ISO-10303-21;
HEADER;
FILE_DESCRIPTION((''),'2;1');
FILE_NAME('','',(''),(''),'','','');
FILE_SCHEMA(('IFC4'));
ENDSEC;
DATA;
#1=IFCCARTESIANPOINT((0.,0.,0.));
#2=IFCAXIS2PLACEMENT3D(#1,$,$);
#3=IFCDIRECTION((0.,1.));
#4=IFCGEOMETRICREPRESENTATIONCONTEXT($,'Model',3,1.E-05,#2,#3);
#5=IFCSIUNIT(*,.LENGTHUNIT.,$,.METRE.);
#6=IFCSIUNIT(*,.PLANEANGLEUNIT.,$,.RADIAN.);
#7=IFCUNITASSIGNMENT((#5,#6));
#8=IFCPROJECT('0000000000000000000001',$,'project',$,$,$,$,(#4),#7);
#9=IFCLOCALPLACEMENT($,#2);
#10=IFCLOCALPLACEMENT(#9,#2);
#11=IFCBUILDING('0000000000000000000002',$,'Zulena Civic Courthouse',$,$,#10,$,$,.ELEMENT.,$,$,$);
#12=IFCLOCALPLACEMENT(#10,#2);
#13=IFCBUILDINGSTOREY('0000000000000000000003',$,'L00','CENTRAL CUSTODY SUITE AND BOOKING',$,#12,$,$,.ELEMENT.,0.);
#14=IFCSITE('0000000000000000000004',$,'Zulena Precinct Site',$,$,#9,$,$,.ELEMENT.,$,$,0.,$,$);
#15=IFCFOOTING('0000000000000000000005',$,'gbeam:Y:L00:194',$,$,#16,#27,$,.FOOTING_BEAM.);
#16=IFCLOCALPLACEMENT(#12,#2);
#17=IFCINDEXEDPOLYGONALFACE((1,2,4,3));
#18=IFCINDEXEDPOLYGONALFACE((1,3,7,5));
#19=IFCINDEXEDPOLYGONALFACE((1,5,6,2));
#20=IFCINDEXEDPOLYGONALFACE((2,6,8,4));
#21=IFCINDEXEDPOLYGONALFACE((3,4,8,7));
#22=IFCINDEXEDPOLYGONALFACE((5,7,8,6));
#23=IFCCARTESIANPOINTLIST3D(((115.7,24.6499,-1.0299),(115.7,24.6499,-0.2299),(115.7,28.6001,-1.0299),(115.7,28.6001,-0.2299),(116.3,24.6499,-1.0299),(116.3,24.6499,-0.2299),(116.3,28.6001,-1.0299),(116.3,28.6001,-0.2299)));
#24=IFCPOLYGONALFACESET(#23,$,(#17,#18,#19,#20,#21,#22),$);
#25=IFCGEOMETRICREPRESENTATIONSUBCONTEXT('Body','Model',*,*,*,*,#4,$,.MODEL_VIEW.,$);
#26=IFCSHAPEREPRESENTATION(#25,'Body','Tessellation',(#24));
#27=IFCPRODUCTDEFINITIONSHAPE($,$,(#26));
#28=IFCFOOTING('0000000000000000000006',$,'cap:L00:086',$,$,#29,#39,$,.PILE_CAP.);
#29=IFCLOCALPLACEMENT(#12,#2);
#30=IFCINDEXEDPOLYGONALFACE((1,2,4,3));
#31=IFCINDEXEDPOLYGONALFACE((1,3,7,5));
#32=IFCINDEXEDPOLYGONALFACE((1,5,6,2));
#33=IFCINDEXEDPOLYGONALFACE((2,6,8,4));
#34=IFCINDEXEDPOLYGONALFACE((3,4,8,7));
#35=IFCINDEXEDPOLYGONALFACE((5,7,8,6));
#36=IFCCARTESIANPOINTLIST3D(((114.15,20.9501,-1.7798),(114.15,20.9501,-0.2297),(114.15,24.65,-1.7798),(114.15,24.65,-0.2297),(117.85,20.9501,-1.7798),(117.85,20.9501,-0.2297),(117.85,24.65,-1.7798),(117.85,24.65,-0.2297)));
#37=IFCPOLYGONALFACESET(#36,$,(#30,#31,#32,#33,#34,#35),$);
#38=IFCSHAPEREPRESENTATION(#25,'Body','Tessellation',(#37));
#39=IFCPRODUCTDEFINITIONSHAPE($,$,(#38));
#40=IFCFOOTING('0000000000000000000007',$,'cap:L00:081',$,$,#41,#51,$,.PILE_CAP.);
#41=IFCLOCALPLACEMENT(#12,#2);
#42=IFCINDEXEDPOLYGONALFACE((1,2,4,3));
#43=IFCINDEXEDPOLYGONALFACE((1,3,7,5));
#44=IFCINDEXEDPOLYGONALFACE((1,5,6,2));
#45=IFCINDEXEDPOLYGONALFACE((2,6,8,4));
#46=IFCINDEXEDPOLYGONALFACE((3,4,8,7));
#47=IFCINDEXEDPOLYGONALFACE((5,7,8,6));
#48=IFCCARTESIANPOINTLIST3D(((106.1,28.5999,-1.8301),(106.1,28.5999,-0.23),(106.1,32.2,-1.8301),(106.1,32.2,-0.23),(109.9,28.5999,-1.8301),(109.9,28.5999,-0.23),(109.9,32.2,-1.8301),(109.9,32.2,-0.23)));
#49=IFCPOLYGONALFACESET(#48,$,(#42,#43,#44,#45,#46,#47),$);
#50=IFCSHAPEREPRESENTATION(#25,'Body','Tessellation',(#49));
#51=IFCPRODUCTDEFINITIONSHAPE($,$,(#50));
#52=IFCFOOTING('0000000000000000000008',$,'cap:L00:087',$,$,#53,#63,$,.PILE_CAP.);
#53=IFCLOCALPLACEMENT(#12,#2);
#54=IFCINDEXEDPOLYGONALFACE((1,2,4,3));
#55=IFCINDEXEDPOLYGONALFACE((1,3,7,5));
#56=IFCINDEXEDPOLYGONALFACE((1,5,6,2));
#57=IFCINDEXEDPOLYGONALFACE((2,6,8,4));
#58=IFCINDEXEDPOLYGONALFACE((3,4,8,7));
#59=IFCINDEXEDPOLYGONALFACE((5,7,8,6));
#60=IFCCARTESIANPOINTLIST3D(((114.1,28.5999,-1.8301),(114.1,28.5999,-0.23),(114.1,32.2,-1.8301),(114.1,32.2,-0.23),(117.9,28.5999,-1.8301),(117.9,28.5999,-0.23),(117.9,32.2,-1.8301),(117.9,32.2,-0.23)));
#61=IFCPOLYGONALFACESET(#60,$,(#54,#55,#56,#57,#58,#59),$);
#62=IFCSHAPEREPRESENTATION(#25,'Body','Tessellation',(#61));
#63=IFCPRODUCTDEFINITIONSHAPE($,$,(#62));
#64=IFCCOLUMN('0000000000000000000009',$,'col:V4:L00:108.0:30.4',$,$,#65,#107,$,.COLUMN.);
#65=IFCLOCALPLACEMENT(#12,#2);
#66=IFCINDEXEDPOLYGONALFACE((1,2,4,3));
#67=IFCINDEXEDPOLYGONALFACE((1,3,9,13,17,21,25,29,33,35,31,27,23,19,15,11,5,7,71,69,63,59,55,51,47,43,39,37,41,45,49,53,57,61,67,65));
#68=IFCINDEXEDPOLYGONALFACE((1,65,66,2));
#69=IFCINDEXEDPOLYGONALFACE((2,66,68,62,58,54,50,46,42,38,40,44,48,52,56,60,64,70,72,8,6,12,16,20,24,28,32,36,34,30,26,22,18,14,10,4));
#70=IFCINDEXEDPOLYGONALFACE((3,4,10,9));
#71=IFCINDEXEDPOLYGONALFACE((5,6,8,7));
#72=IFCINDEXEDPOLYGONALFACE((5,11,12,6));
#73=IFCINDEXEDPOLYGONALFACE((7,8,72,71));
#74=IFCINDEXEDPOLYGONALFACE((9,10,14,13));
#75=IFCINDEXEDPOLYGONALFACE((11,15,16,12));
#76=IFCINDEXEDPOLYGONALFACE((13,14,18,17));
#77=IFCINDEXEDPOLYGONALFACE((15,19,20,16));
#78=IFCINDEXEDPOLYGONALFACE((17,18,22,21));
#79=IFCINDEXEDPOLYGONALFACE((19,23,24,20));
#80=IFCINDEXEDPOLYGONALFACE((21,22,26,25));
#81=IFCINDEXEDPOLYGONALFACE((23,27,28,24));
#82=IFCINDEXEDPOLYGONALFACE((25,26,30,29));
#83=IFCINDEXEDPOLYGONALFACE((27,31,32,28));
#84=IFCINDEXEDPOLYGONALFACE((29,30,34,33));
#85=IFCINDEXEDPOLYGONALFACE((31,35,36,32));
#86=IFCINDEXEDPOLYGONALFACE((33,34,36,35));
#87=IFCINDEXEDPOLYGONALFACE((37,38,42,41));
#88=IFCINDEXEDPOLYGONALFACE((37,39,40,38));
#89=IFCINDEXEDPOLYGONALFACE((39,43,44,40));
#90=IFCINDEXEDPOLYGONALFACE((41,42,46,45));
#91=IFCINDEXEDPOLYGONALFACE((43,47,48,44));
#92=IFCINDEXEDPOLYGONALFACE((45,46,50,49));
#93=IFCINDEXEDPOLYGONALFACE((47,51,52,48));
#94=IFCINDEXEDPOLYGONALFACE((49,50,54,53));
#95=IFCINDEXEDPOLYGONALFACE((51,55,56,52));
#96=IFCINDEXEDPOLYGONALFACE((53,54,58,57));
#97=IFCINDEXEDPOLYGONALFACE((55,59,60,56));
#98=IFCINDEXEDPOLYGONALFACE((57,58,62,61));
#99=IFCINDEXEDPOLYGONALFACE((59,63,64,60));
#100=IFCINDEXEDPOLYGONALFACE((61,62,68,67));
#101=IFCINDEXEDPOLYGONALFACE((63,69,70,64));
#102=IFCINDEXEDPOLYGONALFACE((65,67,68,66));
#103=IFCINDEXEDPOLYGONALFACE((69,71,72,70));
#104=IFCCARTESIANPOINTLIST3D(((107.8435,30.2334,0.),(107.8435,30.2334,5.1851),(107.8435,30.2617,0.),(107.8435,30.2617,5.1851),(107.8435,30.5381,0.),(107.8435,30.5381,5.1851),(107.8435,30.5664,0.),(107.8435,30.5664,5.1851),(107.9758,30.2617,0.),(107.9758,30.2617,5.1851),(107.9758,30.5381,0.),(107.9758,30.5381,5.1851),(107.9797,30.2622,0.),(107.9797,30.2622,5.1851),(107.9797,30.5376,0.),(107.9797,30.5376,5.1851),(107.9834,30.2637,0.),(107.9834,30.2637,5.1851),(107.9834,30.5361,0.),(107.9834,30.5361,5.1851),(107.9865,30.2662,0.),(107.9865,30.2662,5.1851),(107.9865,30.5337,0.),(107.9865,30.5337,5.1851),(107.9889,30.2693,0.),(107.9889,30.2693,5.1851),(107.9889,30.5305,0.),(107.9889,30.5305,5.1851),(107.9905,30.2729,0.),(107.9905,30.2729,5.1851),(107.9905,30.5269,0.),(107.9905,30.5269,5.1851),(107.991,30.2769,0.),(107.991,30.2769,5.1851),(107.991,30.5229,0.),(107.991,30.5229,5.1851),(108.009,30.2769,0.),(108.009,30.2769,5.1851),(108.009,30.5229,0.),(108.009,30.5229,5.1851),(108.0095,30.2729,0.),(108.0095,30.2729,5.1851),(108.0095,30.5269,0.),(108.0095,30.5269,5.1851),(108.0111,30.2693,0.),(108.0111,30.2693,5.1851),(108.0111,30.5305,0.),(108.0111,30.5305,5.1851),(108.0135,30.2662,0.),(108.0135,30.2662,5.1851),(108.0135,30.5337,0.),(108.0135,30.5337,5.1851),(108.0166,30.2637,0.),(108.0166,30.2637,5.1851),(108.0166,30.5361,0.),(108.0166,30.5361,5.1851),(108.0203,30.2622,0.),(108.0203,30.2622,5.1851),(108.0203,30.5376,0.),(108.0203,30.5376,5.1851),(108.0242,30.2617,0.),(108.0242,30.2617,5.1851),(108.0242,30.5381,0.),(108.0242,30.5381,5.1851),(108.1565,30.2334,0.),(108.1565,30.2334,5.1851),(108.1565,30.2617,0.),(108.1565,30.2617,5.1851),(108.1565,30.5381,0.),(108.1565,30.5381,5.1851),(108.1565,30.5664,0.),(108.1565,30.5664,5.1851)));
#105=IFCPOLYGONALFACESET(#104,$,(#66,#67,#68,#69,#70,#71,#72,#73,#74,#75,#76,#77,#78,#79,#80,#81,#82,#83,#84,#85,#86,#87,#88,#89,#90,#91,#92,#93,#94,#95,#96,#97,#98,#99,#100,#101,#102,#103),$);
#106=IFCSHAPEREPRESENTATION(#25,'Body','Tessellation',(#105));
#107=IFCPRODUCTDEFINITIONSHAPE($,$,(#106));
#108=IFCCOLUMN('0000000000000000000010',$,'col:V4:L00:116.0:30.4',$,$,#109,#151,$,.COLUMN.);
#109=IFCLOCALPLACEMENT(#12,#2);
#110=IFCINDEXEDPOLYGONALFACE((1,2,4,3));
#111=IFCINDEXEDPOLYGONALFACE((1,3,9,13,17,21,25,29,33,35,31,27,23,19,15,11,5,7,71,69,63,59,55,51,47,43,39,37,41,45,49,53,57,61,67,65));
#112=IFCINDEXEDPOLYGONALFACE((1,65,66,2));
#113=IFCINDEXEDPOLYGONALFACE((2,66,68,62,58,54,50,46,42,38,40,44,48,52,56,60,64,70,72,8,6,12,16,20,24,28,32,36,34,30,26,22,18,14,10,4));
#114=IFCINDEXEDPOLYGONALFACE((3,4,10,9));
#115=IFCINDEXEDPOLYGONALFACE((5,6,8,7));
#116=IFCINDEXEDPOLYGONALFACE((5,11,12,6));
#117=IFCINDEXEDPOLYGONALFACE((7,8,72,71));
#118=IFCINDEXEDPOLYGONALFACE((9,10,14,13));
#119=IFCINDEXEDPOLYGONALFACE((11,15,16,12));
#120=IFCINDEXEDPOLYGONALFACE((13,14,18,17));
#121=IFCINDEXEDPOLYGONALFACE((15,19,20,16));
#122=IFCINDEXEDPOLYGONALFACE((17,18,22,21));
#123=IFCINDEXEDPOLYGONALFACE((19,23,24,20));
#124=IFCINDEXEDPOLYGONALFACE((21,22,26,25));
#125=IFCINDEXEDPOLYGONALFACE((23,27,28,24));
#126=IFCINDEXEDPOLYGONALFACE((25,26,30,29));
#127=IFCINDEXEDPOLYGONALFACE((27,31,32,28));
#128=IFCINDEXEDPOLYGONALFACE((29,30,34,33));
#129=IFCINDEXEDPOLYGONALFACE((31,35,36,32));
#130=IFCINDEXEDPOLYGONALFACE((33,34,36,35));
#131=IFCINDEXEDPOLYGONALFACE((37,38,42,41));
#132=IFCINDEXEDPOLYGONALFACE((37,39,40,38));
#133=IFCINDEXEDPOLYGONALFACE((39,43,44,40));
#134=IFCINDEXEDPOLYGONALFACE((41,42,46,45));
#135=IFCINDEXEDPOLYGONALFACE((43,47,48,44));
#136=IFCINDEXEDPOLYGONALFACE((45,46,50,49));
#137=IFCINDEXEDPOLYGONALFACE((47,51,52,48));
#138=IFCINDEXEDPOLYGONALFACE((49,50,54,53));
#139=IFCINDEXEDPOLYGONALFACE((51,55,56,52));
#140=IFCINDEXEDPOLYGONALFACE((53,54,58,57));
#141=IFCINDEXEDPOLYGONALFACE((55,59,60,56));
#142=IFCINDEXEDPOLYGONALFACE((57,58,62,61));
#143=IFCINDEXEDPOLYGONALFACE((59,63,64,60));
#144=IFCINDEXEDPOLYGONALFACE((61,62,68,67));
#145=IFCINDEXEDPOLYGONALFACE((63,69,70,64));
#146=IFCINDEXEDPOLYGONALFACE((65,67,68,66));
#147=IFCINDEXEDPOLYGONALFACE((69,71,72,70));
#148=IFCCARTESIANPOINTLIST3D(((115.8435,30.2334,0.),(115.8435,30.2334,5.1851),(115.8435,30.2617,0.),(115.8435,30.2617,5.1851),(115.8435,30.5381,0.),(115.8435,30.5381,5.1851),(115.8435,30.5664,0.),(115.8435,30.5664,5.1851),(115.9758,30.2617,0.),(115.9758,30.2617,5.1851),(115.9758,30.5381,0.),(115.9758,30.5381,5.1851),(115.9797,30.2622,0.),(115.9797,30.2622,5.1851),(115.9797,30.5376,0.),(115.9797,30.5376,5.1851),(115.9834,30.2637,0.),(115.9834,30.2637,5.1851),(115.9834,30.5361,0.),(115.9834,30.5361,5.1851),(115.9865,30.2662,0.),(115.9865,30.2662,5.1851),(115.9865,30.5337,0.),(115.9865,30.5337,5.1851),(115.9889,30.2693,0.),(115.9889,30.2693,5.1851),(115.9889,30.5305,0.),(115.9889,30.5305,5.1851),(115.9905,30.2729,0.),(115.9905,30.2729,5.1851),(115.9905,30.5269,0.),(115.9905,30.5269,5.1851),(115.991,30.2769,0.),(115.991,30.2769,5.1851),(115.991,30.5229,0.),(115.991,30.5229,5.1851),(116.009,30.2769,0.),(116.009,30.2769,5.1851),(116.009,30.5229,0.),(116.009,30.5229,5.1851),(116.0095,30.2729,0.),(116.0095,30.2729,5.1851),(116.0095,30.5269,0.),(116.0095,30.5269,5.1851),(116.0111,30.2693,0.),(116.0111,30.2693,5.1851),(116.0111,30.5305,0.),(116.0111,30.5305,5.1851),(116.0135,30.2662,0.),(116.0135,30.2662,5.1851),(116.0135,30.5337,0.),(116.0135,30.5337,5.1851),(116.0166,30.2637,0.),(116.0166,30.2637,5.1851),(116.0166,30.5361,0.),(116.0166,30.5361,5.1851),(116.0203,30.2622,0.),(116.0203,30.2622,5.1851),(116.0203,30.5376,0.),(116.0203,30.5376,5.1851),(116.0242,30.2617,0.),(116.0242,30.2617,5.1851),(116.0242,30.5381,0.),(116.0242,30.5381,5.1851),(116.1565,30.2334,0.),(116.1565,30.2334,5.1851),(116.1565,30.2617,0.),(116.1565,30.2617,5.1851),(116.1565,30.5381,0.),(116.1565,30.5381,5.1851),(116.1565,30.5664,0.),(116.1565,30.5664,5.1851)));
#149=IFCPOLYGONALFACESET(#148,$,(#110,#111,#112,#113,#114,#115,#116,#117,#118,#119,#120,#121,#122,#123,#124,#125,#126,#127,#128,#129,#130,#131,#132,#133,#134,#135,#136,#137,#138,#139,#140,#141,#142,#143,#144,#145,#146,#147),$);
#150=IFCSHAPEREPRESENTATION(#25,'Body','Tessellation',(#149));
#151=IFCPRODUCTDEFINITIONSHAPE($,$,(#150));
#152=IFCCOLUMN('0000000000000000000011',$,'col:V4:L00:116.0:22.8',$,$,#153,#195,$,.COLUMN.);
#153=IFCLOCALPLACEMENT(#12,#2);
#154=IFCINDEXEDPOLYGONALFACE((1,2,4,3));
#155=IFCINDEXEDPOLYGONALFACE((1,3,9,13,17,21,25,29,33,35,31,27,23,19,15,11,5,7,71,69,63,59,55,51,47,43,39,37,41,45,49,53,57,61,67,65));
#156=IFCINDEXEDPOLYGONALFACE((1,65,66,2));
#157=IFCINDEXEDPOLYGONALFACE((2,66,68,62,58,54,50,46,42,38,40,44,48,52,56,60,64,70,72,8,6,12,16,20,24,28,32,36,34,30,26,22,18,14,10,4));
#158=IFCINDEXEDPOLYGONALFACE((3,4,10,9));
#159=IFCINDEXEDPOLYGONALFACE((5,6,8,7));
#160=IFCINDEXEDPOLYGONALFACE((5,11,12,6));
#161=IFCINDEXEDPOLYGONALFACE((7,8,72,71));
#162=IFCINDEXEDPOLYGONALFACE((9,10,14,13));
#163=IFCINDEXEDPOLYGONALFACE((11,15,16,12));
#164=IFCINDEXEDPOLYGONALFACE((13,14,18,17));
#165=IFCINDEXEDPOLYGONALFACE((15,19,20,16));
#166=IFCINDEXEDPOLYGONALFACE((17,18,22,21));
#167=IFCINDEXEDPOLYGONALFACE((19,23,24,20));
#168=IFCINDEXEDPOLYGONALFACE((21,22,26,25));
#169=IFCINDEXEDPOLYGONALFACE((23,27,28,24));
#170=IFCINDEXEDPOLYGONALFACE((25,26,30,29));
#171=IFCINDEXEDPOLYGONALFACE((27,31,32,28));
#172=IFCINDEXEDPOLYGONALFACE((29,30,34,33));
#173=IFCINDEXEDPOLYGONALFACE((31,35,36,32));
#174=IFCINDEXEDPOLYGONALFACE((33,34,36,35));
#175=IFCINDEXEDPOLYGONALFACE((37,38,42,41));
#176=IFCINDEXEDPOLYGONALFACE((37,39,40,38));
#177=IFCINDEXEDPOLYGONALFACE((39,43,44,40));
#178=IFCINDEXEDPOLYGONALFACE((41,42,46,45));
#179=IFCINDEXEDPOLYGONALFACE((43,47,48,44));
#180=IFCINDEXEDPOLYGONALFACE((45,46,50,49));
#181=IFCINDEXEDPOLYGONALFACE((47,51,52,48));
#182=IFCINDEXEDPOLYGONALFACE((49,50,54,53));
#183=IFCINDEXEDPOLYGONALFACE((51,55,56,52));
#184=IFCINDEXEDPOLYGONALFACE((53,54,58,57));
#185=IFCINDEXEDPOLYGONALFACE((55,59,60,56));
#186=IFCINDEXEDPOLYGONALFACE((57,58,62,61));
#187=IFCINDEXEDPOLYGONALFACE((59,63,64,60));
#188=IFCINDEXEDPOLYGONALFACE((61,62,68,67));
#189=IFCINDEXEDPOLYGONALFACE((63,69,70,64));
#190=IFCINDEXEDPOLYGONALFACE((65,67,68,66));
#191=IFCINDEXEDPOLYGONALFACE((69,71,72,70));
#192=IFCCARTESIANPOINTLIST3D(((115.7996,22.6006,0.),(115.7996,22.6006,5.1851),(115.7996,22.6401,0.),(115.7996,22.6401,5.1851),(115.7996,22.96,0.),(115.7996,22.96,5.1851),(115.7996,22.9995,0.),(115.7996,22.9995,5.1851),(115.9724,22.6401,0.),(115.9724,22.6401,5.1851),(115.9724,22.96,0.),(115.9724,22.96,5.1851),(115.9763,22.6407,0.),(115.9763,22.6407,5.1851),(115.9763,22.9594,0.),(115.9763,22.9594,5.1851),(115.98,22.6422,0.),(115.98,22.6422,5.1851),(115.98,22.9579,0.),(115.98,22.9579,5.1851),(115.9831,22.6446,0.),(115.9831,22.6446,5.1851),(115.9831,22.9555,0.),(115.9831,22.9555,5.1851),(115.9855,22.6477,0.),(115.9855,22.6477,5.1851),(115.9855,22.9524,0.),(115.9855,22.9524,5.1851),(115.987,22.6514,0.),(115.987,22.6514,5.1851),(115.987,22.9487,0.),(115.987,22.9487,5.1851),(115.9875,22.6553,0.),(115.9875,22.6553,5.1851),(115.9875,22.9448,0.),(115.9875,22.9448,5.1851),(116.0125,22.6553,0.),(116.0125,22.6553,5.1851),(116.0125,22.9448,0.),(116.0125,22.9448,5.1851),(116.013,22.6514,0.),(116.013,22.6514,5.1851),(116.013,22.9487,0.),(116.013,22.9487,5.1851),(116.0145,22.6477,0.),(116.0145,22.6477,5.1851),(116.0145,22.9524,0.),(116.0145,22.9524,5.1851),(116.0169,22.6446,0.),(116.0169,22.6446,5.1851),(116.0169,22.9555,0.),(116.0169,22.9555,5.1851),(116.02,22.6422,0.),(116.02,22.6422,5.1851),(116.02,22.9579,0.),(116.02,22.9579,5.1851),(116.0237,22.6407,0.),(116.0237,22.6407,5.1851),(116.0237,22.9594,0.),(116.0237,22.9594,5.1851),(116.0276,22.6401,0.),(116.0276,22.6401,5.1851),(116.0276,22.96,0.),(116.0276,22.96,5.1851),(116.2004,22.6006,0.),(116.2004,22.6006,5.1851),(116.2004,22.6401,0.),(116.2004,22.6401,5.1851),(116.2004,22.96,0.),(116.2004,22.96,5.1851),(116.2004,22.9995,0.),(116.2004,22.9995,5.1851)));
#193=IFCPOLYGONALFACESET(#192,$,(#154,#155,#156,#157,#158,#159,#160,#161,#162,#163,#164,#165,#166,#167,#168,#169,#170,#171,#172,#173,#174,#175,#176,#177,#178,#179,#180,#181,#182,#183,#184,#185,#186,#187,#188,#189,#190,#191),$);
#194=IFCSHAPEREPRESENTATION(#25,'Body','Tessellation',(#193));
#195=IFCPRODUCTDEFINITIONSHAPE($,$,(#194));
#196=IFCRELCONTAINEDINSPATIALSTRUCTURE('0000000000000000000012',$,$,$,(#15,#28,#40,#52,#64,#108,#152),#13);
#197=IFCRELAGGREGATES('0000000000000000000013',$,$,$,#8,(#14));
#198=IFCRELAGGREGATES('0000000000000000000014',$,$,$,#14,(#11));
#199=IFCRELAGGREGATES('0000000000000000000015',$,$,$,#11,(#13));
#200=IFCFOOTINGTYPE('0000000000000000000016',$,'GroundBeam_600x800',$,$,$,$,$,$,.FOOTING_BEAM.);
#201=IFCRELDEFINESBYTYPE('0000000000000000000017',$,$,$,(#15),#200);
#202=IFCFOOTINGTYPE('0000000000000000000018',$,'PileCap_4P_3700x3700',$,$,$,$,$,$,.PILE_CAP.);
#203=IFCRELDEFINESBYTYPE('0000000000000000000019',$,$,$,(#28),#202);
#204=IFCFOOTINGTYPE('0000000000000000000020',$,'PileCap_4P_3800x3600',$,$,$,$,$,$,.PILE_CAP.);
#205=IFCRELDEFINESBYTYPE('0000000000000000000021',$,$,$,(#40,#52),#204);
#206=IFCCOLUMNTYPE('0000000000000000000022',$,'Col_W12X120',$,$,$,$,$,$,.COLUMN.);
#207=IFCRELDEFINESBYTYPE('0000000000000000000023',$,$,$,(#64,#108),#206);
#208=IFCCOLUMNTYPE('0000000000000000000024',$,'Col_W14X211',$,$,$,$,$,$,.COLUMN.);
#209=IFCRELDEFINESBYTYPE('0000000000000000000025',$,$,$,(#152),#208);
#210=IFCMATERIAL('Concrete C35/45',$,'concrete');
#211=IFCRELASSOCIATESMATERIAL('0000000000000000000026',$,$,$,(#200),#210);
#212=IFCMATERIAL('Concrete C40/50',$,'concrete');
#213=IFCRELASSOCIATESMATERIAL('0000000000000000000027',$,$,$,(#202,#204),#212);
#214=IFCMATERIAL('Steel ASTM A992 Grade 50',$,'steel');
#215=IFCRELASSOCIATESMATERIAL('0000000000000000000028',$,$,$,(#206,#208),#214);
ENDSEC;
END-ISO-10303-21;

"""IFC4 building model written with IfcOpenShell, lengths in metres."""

from ifc_helpers import new_model, si_unit, direction, frame, origin, origin_2d, place, context, subcontext, project, spatial, rectangle, i_section, extrude, material, material_profile, profile_set, type_object, element, save


model = new_model("IFC4")

# Units and contexts
model_context = context("Model", 3, precision=1e-05, world=origin(), true_north=direction((0.0, 1.0)))
body_context = subcontext(model_context, "Body", "Model", "MODEL_VIEW")
ifc_project = project(units=[si_unit("LENGTHUNIT", "METRE"), si_unit("PLANEANGLEUNIT", "RADIAN")], contexts=[model_context])

# Site, building, storey
site_placement = place(None, origin())
site = spatial("IfcSite", under=ifc_project, at=site_placement, Name="Zulena Precinct Site", CompositionType="ELEMENT", RefElevation=0.0)
building_placement = place(site_placement, origin())
building = spatial("IfcBuilding", under=site, at=building_placement, Name="Zulena Civic Courthouse", CompositionType="ELEMENT")
storey_placement = place(building_placement, origin())
storey = spatial("IfcBuildingStorey", under=building, at=storey_placement, Name="L00", Description="CENTRAL CUSTODY SUITE AND BOOKING", CompositionType="ELEMENT", Elevation=0.0)

# Shared definitions
ifc_material_1 = material(Name="Concrete C40/50", Category="concrete")

# Footings
ifc_material_2 = material(Name="Concrete C35/45", Category="concrete")
ifc_material_profile_1 = material_profile(ifc_material_2, rectangle(XDim=0.6001, YDim=0.8, at=origin_2d()), Name="RC600X800")
ifc_profile_set_1 = profile_set([ifc_material_profile_1], Name="Concrete C35/45")
footing_type_1 = type_object("IfcFootingType", Name="GroundBeam_600x800", PredefinedType="FOOTING_BEAM", material=ifc_profile_set_1)
footing_1_placement = place(storey_placement, frame((116.0, 24.6499, -0.6299), z_axis=(0.0, 1.0, 0.0), x_axis=(-1.0, 0.0, 0.0)))
element("IfcFooting", 1, at=footing_1_placement, inside=storey, type_object=footing_type_1, Name="gbeam:Y:L00:194", PredefinedType="FOOTING_BEAM", context=body_context, shape_type="SweptSolid", body=[
    extrude(rectangle(XDim=0.6001, YDim=0.8, at=origin_2d()), origin(), (0.0, 0.0, 1.0), 3.9502),
])
footing_type_2 = type_object("IfcFootingType", Name="PileCap_4P_3700x3700", PredefinedType="PILE_CAP", material=ifc_material_1)
footing_2_placement = place(storey_placement, frame((116.0, 22.8, -1.7798), z_axis=(0.0, 0.0, 1.0), x_axis=(1.0, 0.0, 0.0)))
element("IfcFooting", 2, at=footing_2_placement, inside=storey, type_object=footing_type_2, Name="cap:L00:086", PredefinedType="PILE_CAP", context=body_context, shape_type="SweptSolid", body=[
    extrude(rectangle(XDim=3.7, YDim=3.7, at=origin_2d()), origin(), (0.0, 0.0, 1.0), 1.55),
])
footing_type_3 = type_object("IfcFootingType", Name="PileCap_4P_3800x3600", PredefinedType="PILE_CAP", material=ifc_material_1)
for number, where, z_axis, x_axis, name in (
    (3, (108.0, 30.3999, -1.8301), (0.0, 0.0, 1.0), (1.0, 0.0, 0.0), "cap:L00:081"),
    (4, (116.0, 30.3999, -1.8301), (0.0, 0.0, 1.0), (1.0, 0.0, 0.0), "cap:L00:087"),
):
    element("IfcFooting", number, at=place(storey_placement, frame(where, z_axis=z_axis, x_axis=x_axis)), inside=storey, type_object=footing_type_3, Name=name, PredefinedType="PILE_CAP", context=body_context, shape_type="SweptSolid", body=[
        extrude(rectangle(XDim=3.8, YDim=3.6001, at=origin_2d()), origin(), (0.0, 0.0, 1.0), 1.6001),
    ])

# Columns
ifc_material_3 = material(Name="Steel ASTM A992 Grade 50", Category="steel")
ifc_material_profile_2 = material_profile(ifc_material_3, i_section(OverallWidth=0.313, OverallDepth=0.333, WebThickness=0.0181, FlangeThickness=0.0283, FilletRadius=0.0151, at=origin_2d()), Name="W12X120")
ifc_profile_set_2 = profile_set([ifc_material_profile_2], Name="Steel ASTM A992 Grade 50")
column_type_1 = type_object("IfcColumnType", Name="Col_W12X120", PredefinedType="COLUMN", material=ifc_profile_set_2)
for number, where, z_axis, x_axis, name in (
    (5, (108.0, 30.3999, 0.0), (0.0, 0.0, 1.0), (1.0, 0.0, 0.0), "col:V4:L00:108.0:30.4"),
    (6, (116.0, 30.3999, 0.0), (0.0, 0.0, 1.0), (1.0, 0.0, 0.0), "col:V4:L00:116.0:30.4"),
):
    element("IfcColumn", number, at=place(storey_placement, frame(where, z_axis=z_axis, x_axis=x_axis)), inside=storey, type_object=column_type_1, Name=name, PredefinedType="COLUMN", context=body_context, shape_type="SweptSolid", body=[
        extrude(i_section(OverallWidth=0.313, OverallDepth=0.333, WebThickness=0.0181, FlangeThickness=0.0283, FilletRadius=0.0151, at=origin_2d()), origin(), (0.0, 0.0, 1.0), 5.1851),
    ])
ifc_material_profile_3 = material_profile(ifc_material_3, i_section(OverallWidth=0.4009, OverallDepth=0.3989, WebThickness=0.0249, FlangeThickness=0.0396, FilletRadius=0.0151, at=origin_2d()), Name="W14X211")
ifc_profile_set_3 = profile_set([ifc_material_profile_3], Name="Steel ASTM A992 Grade 50")
column_type_2 = type_object("IfcColumnType", Name="Col_W14X211", PredefinedType="COLUMN", material=ifc_profile_set_3)
column_placement = place(storey_placement, frame((116.0, 22.8, 0.0), z_axis=(0.0, 0.0, 1.0), x_axis=(1.0, 0.0, 0.0)))
element("IfcColumn", 7, at=column_placement, inside=storey, type_object=column_type_2, Name="col:V4:L00:116.0:22.8", PredefinedType="COLUMN", context=body_context, shape_type="SweptSolid", body=[
    extrude(i_section(OverallWidth=0.4009, OverallDepth=0.3989, WebThickness=0.0249, FlangeThickness=0.0396, FilletRadius=0.0151, at=origin_2d()), origin(), (0.0, 0.0, 1.0), 5.1851),
])

save(model, "model.ifc")
